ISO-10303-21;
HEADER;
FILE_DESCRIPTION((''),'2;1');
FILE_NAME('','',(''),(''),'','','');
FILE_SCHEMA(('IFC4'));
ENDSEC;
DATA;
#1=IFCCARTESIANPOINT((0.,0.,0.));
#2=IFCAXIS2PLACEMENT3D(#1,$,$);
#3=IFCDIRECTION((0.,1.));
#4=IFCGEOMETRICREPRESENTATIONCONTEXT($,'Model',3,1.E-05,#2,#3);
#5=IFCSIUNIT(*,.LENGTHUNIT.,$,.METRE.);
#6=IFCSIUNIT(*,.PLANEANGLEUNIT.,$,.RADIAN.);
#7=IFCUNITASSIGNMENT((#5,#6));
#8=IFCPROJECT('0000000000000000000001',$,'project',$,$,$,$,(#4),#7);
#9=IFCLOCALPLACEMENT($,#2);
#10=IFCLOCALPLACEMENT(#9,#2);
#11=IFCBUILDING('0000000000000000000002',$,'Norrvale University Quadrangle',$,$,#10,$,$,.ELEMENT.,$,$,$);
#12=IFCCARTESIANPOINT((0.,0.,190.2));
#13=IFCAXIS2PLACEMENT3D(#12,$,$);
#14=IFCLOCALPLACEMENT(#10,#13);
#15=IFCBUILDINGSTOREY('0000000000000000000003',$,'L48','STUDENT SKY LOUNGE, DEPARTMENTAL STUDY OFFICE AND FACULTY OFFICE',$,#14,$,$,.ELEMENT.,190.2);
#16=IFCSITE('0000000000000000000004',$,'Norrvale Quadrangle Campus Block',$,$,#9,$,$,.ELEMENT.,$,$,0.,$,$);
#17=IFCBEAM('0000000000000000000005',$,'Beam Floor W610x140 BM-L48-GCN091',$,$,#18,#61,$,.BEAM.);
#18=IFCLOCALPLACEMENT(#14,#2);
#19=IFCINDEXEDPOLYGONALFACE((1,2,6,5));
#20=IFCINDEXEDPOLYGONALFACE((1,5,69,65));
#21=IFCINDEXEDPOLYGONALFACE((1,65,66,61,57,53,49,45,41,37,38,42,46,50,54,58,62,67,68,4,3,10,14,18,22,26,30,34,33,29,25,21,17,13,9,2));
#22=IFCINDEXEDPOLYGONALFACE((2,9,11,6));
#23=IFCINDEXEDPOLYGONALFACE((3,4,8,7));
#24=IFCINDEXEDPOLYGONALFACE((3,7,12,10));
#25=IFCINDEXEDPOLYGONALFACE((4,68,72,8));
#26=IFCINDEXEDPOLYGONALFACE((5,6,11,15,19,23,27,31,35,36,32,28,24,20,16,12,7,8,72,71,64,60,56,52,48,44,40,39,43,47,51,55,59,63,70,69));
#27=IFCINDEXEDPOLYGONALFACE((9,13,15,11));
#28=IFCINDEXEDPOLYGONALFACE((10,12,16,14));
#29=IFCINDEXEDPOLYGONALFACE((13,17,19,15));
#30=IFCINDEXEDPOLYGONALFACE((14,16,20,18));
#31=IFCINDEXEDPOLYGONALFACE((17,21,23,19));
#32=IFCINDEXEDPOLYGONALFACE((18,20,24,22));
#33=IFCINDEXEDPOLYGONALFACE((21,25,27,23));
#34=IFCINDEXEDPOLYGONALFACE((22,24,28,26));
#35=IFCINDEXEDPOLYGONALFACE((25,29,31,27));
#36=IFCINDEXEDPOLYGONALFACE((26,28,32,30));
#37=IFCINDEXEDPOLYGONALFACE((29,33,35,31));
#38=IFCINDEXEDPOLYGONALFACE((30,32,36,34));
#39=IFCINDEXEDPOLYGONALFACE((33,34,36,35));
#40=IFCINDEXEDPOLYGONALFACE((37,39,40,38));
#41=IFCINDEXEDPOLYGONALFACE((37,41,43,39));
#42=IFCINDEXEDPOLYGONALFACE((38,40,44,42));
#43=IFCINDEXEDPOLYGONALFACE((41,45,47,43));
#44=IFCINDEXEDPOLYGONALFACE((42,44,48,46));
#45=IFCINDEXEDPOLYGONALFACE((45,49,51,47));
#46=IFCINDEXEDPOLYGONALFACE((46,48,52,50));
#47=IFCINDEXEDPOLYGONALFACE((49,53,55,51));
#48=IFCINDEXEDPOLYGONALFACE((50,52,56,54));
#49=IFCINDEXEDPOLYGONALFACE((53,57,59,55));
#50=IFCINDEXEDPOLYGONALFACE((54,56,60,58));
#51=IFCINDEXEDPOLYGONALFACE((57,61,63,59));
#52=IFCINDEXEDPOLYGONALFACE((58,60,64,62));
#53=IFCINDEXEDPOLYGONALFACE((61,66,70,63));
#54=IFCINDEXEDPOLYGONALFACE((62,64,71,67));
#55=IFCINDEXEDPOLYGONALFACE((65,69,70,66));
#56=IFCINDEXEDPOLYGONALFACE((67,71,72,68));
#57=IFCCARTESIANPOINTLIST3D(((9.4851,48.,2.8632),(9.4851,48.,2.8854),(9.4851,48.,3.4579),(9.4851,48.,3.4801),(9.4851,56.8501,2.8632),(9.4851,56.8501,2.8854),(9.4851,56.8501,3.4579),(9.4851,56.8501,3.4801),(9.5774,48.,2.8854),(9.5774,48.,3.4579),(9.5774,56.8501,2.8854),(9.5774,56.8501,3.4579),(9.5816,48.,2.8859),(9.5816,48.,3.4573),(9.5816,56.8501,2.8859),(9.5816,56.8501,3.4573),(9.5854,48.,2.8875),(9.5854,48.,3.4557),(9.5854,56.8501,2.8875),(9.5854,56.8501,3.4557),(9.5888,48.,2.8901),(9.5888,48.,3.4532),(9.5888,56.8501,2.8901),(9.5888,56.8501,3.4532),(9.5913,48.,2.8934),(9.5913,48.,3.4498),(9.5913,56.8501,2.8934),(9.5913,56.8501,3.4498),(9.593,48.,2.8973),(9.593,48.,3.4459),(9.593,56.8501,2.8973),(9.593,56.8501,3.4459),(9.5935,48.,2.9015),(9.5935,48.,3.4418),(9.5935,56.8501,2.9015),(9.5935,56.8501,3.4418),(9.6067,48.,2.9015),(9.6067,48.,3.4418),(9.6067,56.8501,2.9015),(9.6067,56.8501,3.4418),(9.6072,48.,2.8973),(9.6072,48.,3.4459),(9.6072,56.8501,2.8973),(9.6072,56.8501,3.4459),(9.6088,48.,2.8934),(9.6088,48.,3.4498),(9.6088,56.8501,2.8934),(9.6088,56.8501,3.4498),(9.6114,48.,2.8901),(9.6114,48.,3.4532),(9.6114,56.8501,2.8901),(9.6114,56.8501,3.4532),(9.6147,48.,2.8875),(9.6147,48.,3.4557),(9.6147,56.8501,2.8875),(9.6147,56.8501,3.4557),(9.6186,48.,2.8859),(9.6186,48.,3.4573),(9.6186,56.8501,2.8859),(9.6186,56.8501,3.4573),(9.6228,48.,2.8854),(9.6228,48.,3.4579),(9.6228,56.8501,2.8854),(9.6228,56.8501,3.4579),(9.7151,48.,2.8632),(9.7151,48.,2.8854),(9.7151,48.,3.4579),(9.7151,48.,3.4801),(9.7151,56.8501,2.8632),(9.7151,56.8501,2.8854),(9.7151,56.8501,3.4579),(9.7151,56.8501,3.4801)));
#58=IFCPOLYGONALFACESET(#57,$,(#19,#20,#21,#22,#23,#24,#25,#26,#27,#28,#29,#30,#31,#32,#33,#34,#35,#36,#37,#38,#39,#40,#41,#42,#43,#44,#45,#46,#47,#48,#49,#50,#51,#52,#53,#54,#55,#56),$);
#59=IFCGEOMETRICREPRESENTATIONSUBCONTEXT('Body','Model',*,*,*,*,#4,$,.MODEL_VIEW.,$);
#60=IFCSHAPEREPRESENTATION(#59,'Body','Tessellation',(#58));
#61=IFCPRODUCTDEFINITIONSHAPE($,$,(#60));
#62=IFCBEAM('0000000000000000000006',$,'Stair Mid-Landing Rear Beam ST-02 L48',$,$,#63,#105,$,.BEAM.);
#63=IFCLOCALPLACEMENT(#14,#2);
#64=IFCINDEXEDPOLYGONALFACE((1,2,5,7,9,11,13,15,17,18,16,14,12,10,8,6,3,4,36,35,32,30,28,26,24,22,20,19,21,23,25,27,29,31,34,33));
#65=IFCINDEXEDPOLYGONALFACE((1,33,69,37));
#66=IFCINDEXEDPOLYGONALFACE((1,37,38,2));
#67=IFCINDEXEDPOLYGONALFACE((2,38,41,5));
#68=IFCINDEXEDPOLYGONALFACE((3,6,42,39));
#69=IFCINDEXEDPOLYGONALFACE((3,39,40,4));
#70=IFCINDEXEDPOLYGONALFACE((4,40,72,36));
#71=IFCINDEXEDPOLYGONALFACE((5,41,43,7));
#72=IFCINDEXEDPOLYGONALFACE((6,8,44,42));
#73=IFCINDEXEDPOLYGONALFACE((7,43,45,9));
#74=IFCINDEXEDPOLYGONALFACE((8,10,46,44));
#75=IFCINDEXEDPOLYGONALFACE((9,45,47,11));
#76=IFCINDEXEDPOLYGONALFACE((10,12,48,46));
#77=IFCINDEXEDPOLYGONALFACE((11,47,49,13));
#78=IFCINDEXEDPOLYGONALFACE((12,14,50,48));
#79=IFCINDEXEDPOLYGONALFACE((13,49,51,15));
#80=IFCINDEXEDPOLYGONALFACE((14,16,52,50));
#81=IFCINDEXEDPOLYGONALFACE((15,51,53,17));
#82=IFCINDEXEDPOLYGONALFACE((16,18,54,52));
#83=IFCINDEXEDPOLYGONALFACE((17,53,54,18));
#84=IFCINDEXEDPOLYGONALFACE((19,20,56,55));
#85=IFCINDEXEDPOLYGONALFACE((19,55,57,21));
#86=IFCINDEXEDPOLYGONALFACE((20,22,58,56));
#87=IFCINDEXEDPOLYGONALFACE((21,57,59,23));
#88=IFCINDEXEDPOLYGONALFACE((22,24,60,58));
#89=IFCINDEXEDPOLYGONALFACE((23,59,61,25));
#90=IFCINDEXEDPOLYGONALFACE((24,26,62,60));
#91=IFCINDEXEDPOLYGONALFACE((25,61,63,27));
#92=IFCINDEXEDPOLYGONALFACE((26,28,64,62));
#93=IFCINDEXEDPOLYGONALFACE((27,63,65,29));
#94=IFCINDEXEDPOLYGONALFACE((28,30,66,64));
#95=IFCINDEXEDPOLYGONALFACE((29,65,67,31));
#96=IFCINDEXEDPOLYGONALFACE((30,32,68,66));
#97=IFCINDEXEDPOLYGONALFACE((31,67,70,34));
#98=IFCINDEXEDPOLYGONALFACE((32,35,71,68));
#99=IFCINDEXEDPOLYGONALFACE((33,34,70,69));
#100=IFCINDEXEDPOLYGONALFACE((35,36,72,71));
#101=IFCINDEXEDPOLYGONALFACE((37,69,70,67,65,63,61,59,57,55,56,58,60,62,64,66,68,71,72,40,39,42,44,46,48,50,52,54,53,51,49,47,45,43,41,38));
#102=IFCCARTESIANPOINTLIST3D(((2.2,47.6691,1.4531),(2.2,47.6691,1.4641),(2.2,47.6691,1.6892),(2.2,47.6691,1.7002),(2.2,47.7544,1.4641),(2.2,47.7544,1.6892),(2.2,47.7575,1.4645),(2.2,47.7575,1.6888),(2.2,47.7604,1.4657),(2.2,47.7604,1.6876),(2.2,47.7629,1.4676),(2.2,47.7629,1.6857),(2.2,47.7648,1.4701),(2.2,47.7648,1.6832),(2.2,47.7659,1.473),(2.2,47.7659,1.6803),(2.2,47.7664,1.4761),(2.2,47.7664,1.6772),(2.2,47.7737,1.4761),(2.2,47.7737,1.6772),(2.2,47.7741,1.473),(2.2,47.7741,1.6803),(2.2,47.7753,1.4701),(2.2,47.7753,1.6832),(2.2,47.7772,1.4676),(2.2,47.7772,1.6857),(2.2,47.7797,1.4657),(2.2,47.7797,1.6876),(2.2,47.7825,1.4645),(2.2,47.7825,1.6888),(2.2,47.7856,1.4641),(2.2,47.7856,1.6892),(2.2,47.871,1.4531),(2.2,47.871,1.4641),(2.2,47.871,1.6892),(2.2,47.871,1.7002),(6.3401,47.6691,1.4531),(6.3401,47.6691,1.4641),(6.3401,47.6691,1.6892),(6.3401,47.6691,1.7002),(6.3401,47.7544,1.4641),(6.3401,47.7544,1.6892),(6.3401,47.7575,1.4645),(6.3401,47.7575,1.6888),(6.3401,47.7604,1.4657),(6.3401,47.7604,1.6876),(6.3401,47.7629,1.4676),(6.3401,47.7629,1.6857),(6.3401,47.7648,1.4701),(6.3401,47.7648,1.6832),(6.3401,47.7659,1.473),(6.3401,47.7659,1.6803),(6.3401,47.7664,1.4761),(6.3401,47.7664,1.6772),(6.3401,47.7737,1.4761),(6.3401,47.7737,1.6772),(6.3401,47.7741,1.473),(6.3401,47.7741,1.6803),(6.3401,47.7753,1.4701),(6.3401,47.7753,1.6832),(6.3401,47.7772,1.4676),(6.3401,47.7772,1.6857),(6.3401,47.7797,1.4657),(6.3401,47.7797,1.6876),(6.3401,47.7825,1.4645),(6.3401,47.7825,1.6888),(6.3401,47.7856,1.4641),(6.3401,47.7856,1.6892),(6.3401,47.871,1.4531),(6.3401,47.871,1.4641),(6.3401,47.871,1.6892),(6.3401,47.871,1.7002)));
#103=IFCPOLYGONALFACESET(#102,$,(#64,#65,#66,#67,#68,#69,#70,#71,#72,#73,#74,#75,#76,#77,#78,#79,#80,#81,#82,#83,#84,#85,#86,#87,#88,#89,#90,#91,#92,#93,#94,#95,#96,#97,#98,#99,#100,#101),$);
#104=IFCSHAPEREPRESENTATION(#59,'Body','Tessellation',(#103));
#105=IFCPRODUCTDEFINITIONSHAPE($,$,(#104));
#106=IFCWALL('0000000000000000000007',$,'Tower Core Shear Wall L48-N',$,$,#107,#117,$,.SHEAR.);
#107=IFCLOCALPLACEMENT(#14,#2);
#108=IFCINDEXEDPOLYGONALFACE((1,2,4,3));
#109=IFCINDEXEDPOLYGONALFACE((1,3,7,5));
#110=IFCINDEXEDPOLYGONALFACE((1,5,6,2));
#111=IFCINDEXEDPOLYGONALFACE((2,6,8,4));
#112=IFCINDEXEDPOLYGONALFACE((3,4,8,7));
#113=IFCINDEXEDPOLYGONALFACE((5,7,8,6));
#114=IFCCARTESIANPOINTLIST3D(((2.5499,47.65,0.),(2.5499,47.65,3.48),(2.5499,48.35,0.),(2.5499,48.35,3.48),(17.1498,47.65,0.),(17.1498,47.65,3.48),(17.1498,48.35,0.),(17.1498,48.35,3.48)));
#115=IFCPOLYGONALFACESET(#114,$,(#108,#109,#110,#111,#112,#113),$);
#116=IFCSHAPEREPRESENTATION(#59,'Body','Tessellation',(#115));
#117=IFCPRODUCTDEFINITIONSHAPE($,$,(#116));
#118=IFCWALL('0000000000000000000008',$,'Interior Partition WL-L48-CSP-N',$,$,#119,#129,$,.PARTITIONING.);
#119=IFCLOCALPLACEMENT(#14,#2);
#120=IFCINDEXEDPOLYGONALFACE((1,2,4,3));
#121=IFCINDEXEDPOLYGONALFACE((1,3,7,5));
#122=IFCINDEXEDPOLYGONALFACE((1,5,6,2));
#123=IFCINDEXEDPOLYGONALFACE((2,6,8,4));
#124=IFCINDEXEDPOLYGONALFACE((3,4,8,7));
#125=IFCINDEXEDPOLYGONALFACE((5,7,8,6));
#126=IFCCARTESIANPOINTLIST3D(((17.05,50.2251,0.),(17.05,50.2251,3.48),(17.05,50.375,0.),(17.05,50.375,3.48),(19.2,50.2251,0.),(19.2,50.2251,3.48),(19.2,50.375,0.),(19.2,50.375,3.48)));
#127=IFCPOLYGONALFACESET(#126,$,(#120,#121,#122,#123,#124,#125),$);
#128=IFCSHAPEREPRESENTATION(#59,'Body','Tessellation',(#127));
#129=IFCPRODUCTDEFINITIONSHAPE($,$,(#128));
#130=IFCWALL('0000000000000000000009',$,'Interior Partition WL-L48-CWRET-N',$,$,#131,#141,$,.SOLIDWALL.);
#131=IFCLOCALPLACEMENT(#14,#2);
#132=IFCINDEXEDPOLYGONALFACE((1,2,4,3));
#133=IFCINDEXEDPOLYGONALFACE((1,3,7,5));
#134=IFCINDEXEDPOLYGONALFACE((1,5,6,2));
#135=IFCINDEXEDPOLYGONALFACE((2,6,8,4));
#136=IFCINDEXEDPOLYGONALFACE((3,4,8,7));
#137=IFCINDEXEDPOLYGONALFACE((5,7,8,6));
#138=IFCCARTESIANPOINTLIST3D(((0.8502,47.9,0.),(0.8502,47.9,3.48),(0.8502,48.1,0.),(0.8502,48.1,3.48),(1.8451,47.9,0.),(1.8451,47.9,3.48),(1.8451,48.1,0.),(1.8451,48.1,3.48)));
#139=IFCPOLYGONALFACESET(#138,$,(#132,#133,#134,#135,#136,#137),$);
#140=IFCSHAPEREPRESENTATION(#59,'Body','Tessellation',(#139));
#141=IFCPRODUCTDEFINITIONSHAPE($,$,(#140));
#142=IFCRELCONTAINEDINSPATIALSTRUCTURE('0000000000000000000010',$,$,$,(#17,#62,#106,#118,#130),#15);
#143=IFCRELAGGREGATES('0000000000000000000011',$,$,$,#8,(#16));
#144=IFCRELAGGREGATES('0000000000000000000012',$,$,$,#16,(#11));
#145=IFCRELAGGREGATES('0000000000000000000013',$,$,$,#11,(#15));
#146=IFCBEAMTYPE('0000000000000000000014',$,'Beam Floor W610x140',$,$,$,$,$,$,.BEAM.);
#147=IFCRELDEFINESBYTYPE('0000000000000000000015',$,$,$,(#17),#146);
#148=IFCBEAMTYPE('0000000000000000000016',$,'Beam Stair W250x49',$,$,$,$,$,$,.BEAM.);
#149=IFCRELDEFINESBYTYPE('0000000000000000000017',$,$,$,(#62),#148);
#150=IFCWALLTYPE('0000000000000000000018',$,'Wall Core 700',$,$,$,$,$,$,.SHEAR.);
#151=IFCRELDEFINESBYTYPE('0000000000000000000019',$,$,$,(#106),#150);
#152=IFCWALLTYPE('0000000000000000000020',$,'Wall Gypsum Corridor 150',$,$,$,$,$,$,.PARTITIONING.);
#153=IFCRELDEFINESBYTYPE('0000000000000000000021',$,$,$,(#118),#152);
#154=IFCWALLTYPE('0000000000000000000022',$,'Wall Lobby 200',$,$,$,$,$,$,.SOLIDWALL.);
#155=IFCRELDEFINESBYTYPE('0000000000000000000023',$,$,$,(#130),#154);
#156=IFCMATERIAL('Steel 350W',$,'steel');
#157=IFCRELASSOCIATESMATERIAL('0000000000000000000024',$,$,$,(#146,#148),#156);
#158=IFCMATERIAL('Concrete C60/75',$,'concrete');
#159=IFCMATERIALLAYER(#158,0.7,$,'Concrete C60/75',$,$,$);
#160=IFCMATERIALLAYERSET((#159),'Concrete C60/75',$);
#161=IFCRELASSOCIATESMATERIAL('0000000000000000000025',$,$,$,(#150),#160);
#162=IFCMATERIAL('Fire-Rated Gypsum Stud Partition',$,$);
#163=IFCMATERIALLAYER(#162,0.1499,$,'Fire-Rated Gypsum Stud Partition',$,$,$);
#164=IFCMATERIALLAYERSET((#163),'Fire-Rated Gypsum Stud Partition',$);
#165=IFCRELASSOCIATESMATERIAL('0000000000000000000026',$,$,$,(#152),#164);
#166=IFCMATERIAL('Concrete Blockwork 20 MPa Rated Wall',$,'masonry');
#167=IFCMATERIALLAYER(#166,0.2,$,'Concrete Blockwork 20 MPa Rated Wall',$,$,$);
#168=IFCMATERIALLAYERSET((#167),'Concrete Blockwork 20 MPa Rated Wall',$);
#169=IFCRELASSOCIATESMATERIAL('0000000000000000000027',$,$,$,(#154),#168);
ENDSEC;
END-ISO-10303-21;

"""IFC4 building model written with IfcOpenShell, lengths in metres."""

from ifc_helpers import new_model, si_unit, direction, frame, frame_2d, origin, origin_2d, place, context, subcontext, project, spatial, rectangle, i_section, extrude, material, layer, layer_set, material_profile, profile_set, type_object, element, save


model = new_model("IFC4")

# Units and contexts
model_context = context("Model", 3, precision=1e-05, world=origin(), true_north=direction((0.0, 1.0)))
body_context = subcontext(model_context, "Body", "Model", "MODEL_VIEW")
ifc_project = project(units=[si_unit("LENGTHUNIT", "METRE"), si_unit("PLANEANGLEUNIT", "RADIAN")], contexts=[model_context])

# Site, building, storey
site_placement = place(None, origin())
site = spatial("IfcSite", under=ifc_project, at=site_placement, Name="Norrvale Quadrangle Campus Block", CompositionType="ELEMENT", RefElevation=0.0)
building_placement = place(site_placement, origin())
building = spatial("IfcBuilding", under=site, at=building_placement, Name="Norrvale University Quadrangle", CompositionType="ELEMENT")
storey_placement = place(building_placement, frame((0.0, 0.0, 190.2)))
storey = spatial("IfcBuildingStorey", under=building, at=storey_placement, Name="L48", Description="STUDENT SKY LOUNGE, DEPARTMENTAL STUDY OFFICE AND FACULTY OFFICE", CompositionType="ELEMENT", Elevation=190.2)

# Shared definitions
ifc_material_1 = material(Name="Concrete C60/75", Category="concrete")

# Beams
ifc_material_2 = material(Name="Steel 350W", Category="steel")
ifc_material_profile_1 = material_profile(ifc_material_2, i_section(OverallWidth=0.23, OverallDepth=0.6169, WebThickness=0.0132, FlangeThickness=0.0222, FilletRadius=0.0161, at=origin_2d()), Name="Steel 350W")
ifc_profile_set_1 = profile_set([ifc_material_profile_1], Name="Steel 350W")
beam_type_1 = type_object("IfcBeamType", Name="Beam Floor W610x140", PredefinedType="BEAM", material=ifc_profile_set_1)
beam_1_placement = place(storey_placement, frame((9.6001, 48.0, 3.1716), z_axis=(0.0, 1.0, 0.0), x_axis=(-1.0, 0.0, 0.0)))
element("IfcBeam", 1, at=beam_1_placement, inside=storey, type_object=beam_type_1, Name="Beam Floor W610x140 BM-L48-GCN091", PredefinedType="BEAM", context=body_context, shape_type="SweptSolid", body=[
    extrude(i_section(OverallWidth=0.23, OverallDepth=0.6169, WebThickness=0.0132, FlangeThickness=0.0222, FilletRadius=0.0161, at=origin_2d()), origin(), (0.0, 0.0, 1.0), 8.8501),
])
ifc_material_profile_2 = material_profile(ifc_material_2, i_section(OverallWidth=0.2019, OverallDepth=0.2471, WebThickness=0.0073, FlangeThickness=0.011, FilletRadius=0.012, at=origin_2d()), Name="Steel 350W")
ifc_profile_set_2 = profile_set([ifc_material_profile_2], Name="Steel 350W")
beam_type_2 = type_object("IfcBeamType", Name="Beam Stair W250x49", PredefinedType="BEAM", material=ifc_profile_set_2)
beam_2_placement = place(storey_placement, frame((2.2, 47.77, 1.5767), z_axis=(1.0, 0.0, 0.0), x_axis=(0.0, 1.0, 0.0)))
element("IfcBeam", 2, at=beam_2_placement, inside=storey, type_object=beam_type_2, Name="Stair Mid-Landing Rear Beam ST-02 L48", PredefinedType="BEAM", context=body_context, shape_type="SweptSolid", body=[
    extrude(i_section(OverallWidth=0.2019, OverallDepth=0.2471, WebThickness=0.0073, FlangeThickness=0.011, FilletRadius=0.012, at=origin_2d()), origin(), (0.0, 0.0, 1.0), 4.1401),
])

# Walls
ifc_layer_1 = layer(ifc_material_1, 0.7, Name="Concrete C60/75")
ifc_layer_set_1 = layer_set([ifc_layer_1], Name="Concrete C60/75")
wall_type_1 = type_object("IfcWallType", Name="Wall Core 700", PredefinedType="SHEAR", material=ifc_layer_set_1)
wall_1_placement = place(storey_placement, frame((2.55, 48.0, 0.0), z_axis=(0.0, 0.0, 1.0), x_axis=(1.0, 0.0, 0.0)))
element("IfcWall", 3, at=wall_1_placement, inside=storey, type_object=wall_type_1, Name="Tower Core Shear Wall L48-N", PredefinedType="SHEAR", context=body_context, shape_type="SweptSolid", body=[
    extrude(rectangle(XDim=14.5999, YDim=0.7, at=frame_2d((7.2998, 0.0))), origin(), (0.0, 0.0, 1.0), 3.48),
])
ifc_material_3 = material(Name="Fire-Rated Gypsum Stud Partition")
ifc_layer_2 = layer(ifc_material_3, 0.1499, Name="Fire-Rated Gypsum Stud Partition")
ifc_layer_set_2 = layer_set([ifc_layer_2], Name="Fire-Rated Gypsum Stud Partition")
wall_type_2 = type_object("IfcWallType", Name="Wall Gypsum Corridor 150", PredefinedType="PARTITIONING", material=ifc_layer_set_2)
wall_2_placement = place(storey_placement, frame((17.05, 50.3, 0.0), z_axis=(0.0, 0.0, 1.0), x_axis=(1.0, 0.0, 0.0)))
element("IfcWall", 4, at=wall_2_placement, inside=storey, type_object=wall_type_2, Name="Interior Partition WL-L48-CSP-N", PredefinedType="PARTITIONING", context=body_context, shape_type="SweptSolid", body=[
    extrude(rectangle(XDim=2.1499, YDim=0.1499, at=frame_2d((1.075, 0.0))), origin(), (0.0, 0.0, 1.0), 3.48),
])
ifc_material_4 = material(Name="Concrete Blockwork 20 MPa Rated Wall", Category="masonry")
ifc_layer_3 = layer(ifc_material_4, 0.2, Name="Concrete Blockwork 20 MPa Rated Wall")
ifc_layer_set_3 = layer_set([ifc_layer_3], Name="Concrete Blockwork 20 MPa Rated Wall")
wall_type_3 = type_object("IfcWallType", Name="Wall Lobby 200", PredefinedType="SOLIDWALL", material=ifc_layer_set_3)
wall_3_placement = place(storey_placement, frame((0.8501, 48.0, 0.0), z_axis=(0.0, 0.0, 1.0), x_axis=(1.0, 0.0, 0.0)))
element("IfcWall", 5, at=wall_3_placement, inside=storey, type_object=wall_type_3, Name="Interior Partition WL-L48-CWRET-N", PredefinedType="SOLIDWALL", context=body_context, shape_type="SweptSolid", body=[
    extrude(rectangle(XDim=0.9949, YDim=0.2, at=frame_2d((0.4976, 0.0))), origin(), (0.0, 0.0, 1.0), 3.48),
])

save(model, "model.ifc")
